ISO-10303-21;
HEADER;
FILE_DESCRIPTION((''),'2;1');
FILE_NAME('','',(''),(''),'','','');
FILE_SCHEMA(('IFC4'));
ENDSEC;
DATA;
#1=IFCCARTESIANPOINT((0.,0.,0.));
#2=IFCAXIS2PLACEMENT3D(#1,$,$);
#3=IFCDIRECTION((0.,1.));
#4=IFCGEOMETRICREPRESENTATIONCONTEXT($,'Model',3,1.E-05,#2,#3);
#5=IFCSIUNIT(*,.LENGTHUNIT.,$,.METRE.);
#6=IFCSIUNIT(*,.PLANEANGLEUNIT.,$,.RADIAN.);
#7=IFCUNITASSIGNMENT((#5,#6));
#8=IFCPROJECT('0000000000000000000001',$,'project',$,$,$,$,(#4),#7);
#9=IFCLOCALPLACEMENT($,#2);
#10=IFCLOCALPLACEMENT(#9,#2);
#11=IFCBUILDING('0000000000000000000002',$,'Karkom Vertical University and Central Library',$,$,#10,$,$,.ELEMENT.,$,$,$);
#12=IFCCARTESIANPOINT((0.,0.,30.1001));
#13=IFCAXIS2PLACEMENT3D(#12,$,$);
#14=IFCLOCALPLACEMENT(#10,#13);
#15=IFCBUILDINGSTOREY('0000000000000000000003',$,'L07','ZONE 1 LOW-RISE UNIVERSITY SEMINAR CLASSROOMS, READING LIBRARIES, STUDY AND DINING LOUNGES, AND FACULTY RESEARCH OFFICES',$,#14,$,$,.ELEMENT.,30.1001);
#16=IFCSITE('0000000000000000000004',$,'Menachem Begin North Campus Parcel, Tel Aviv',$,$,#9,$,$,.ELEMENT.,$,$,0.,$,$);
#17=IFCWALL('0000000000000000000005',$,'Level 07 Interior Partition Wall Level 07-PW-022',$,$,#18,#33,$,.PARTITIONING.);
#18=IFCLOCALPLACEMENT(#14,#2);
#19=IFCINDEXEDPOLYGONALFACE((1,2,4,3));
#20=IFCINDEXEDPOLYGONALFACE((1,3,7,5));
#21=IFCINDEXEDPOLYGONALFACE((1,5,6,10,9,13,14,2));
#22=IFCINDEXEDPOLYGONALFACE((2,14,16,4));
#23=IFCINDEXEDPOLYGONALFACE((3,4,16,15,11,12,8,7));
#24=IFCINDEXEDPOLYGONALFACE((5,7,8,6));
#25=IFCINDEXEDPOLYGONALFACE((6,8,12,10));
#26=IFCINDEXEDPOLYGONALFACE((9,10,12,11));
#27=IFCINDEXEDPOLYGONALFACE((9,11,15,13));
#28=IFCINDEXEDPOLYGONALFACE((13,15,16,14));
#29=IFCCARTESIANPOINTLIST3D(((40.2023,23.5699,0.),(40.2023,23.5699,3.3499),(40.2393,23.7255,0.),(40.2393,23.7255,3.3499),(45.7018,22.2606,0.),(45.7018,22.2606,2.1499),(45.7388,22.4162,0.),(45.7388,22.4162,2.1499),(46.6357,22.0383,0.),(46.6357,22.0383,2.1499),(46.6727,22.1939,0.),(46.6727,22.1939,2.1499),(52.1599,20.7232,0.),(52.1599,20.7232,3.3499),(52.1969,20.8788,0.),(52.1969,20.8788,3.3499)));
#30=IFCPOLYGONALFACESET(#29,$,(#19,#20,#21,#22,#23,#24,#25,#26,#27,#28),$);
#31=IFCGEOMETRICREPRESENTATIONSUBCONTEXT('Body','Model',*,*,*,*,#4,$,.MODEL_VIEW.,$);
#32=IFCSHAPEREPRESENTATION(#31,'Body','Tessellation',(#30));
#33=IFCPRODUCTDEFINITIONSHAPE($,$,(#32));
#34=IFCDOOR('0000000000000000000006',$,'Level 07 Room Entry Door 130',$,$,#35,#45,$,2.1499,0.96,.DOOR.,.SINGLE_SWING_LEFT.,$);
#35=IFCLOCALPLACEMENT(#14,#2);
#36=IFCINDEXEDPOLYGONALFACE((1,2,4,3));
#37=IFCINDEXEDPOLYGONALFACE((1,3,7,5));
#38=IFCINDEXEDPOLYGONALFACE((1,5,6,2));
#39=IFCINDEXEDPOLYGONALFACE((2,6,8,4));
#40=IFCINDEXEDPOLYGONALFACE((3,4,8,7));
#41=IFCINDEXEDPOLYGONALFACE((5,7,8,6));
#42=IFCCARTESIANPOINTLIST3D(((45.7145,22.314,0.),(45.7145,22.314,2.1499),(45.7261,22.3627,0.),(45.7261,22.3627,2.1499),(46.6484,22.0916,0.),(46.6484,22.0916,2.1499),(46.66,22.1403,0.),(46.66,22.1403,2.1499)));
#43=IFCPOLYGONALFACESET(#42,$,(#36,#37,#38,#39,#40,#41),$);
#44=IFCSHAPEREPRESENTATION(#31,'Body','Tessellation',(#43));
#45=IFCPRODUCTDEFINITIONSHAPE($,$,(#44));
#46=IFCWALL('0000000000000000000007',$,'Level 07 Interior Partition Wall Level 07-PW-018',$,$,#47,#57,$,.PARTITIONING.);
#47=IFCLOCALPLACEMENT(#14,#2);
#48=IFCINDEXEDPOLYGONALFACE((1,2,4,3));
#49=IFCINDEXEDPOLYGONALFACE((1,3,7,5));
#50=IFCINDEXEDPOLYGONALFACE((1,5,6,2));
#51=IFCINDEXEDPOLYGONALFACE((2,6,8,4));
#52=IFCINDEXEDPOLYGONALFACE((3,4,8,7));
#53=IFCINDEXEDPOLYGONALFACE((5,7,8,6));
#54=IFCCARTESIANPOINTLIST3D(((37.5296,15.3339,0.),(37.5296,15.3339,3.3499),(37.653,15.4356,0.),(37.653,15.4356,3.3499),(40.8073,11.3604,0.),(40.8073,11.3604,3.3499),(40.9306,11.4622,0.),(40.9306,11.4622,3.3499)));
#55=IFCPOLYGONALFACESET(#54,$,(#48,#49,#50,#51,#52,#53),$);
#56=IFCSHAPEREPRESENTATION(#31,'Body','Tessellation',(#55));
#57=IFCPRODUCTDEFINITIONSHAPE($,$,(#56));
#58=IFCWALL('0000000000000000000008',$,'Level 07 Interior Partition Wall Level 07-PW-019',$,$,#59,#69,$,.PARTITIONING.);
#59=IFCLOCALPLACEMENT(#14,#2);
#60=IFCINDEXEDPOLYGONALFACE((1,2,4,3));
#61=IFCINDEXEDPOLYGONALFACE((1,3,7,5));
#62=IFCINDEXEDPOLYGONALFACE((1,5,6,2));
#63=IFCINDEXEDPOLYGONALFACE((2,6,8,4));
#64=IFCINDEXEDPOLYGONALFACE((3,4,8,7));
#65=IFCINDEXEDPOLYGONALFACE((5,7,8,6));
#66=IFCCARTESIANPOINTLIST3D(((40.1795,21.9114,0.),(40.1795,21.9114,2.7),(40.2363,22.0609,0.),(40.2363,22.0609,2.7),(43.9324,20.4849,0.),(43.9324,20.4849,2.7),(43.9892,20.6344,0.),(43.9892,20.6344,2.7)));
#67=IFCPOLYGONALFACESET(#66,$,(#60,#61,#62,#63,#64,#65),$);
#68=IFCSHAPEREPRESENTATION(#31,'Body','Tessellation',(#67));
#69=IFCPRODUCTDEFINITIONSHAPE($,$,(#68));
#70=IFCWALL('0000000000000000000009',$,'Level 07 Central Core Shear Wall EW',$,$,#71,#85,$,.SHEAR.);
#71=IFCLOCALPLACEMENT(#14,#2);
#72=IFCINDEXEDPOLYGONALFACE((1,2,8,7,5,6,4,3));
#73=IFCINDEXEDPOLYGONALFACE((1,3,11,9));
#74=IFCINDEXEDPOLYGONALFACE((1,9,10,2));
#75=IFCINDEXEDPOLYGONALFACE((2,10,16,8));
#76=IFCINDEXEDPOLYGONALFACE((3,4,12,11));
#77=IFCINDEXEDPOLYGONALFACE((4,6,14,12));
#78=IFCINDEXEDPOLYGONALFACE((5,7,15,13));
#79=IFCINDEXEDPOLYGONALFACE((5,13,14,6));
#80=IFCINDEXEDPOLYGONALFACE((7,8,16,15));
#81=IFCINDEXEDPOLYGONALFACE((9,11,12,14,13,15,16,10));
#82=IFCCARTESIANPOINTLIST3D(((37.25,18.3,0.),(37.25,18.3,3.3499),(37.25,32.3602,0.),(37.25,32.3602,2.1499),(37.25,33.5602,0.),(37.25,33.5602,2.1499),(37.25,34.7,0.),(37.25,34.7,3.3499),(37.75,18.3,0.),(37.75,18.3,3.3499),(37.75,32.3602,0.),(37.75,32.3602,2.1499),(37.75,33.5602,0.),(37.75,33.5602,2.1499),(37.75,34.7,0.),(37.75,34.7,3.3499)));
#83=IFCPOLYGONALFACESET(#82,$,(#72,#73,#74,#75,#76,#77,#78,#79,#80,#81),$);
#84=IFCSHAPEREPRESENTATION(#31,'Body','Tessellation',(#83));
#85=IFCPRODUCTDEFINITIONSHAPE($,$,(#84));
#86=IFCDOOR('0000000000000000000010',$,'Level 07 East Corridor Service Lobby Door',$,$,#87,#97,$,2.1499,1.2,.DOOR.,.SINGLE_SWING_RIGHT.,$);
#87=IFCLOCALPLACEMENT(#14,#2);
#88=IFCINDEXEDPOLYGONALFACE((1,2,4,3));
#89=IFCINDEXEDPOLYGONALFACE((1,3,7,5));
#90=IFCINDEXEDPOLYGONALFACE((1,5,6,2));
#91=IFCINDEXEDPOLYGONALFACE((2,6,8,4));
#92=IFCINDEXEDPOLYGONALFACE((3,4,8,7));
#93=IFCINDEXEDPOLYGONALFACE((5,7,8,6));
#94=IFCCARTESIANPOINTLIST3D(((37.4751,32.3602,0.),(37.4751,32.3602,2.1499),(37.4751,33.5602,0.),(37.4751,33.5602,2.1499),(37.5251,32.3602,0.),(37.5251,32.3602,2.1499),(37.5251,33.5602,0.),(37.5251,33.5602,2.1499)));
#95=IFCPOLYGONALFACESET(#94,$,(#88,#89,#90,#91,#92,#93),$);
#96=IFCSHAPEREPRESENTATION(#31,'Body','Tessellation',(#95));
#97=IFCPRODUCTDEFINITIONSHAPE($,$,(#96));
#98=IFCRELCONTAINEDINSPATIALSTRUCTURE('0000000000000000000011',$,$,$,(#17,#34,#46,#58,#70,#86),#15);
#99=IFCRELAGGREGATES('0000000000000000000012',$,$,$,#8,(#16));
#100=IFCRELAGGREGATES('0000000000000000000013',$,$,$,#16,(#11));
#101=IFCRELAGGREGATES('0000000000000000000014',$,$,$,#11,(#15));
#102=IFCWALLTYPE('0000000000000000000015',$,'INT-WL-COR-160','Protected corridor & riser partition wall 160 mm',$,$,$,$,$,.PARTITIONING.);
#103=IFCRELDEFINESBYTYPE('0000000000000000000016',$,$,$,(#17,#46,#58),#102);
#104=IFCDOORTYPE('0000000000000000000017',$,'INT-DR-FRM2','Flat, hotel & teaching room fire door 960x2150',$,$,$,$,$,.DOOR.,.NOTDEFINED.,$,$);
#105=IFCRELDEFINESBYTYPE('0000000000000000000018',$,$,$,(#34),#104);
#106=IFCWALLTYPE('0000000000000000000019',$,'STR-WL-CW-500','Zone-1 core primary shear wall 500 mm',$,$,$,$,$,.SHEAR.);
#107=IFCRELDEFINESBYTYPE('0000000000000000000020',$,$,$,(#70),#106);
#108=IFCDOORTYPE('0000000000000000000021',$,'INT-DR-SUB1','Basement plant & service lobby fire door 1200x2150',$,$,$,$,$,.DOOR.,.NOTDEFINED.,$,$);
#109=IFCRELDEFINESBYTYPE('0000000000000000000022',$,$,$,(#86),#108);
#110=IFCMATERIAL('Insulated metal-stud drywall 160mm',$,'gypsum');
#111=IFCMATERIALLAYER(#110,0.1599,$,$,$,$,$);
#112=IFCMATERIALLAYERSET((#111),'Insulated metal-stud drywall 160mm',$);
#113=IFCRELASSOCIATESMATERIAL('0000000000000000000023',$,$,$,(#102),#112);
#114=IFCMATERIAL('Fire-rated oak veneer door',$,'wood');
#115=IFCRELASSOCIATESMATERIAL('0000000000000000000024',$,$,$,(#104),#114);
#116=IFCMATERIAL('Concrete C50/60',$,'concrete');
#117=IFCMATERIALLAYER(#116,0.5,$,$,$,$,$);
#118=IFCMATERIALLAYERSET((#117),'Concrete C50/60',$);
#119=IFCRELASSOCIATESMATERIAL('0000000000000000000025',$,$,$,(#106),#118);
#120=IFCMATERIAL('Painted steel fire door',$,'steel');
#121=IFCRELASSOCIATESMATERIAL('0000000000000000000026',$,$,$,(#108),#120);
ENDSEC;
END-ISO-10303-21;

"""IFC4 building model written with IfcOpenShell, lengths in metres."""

from ifc_helpers import new_model, si_unit, direction, frame, frame_2d, origin, origin_with_axes, place, context, subcontext, project, spatial, rectangle, extrude, source, transform, mapped, material, layer, layer_set, type_object, element, fill, save


model = new_model("IFC4")

# Units and contexts
model_context = context("Model", 3, precision=1e-05, world=origin(), true_north=direction((0.0, 1.0)))
body_context = subcontext(model_context, "Body", "Model", "MODEL_VIEW")
ifc_project = project(units=[si_unit("LENGTHUNIT", "METRE"), si_unit("PLANEANGLEUNIT", "RADIAN")], contexts=[model_context])

# Site, building, storey
site_placement = place(None, origin())
site = spatial("IfcSite", under=ifc_project, at=site_placement, Name="Menachem Begin North Campus Parcel, Tel Aviv", CompositionType="ELEMENT", RefElevation=0.0)
building_placement = place(site_placement, origin())
building = spatial("IfcBuilding", under=site, at=building_placement, Name="Karkom Vertical University and Central Library", CompositionType="ELEMENT")
storey_placement = place(building_placement, frame((0.0, 0.0, 30.1001)))
storey = spatial("IfcBuildingStorey", under=building, at=storey_placement, Name="L07", Description="ZONE 1 LOW-RISE UNIVERSITY SEMINAR CLASSROOMS, READING LIBRARIES, STUDY AND DINING LOUNGES, AND FACULTY RESEARCH OFFICES", CompositionType="ELEMENT", Elevation=30.1001)

# Shared definitions
ifc_material_1 = material(Name="Concrete C50/60", Category="concrete")

# Shared definitions
ifc_material_2 = material(Name="Insulated metal-stud drywall 160mm", Category="gypsum")
ifc_layer_1 = layer(ifc_material_2, 0.1599)
ifc_layer_set_1 = layer_set([ifc_layer_1], Name="Insulated metal-stud drywall 160mm")
wall_type_1 = type_object("IfcWallType", Name="INT-WL-COR-160", Description="Protected corridor & riser partition wall 160 mm", PredefinedType="PARTITIONING", material=ifc_layer_set_1)
ifc_material_3 = material(Name="Fire-rated oak veneer door", Category="wood")
door_type_1 = type_object("IfcDoorType", Name="INT-DR-FRM2", Description="Flat, hotel & teaching room fire door 960x2150", OperationType="NOTDEFINED", PredefinedType="DOOR", material=ifc_material_3)
shared_shape_1 = source(origin_with_axes(), body_context, "Body", "SweptSolid", [
    extrude(rectangle(XDim=0.96, YDim=2.1499, at=frame_2d((0.48, 1.075))), frame((0.0, 0.0249, 0.0), z_axis=(0.0, -1.0, 0.0), x_axis=(1.0, 0.0, 0.0)), (0.0, 0.0, 1.0), 0.05),
])

# Wall, opening, door
wall_1_placement = place(storey_placement, frame((40.2207, 23.6477, 0.0), z_axis=(0.0, 0.0, 1.0), x_axis=(0.972813, -0.231594, 0.0)))
wall_1 = element("IfcWall", 1, at=wall_1_placement, inside=storey, type_object=wall_type_1, Name="Level 07 Interior Partition Wall Level 07-PW-022", PredefinedType="PARTITIONING", context=body_context, shape_type="SweptSolid", body=[
    extrude(rectangle(XDim=12.2917, YDim=0.1599, at=frame_2d((6.146, 0.0))), origin(), (0.0, 0.0, 1.0), 3.3499),
])
opening_1_placement = place(wall_1_placement, frame((5.6533, 0.0, 0.0)))
opening_1 = element("IfcOpeningElement", 2, at=opening_1_placement, cuts=wall_1, PredefinedType="OPENING", context=body_context, shape_type="SweptSolid", body=[
    extrude(rectangle(XDim=0.96, YDim=2.1499, at=frame_2d((0.48, 1.075))), frame((0.0, 0.0898, 0.0), z_axis=(0.0, -1.0, 0.0), x_axis=(1.0, 0.0, 0.0)), (0.0, 0.0, 1.0), 0.1799),
])
door_1_placement = place(opening_1_placement, origin())
door_1 = element("IfcDoor", 3, at=door_1_placement, inside=storey, type_object=door_type_1, Name="Level 07 Room Entry Door 130", OperationType="SINGLE_SWING_LEFT", OverallHeight=2.1499, OverallWidth=0.96, PredefinedType="DOOR", context=body_context, shape_type="MappedRepresentation", body=[
    mapped(shared_shape_1, transform((0.0, 0.0, 0.0), scale=1.0)),
])
fill(opening_1, door_1)

# Walls
wall_2_placement = place(storey_placement, frame((37.5913, 15.3848, 0.0), z_axis=(0.0, 0.0, 1.0), x_axis=(0.63633, -0.771417, 0.0)))
element("IfcWall", 4, at=wall_2_placement, inside=storey, type_object=wall_type_1, Name="Level 07 Interior Partition Wall Level 07-PW-018", PredefinedType="PARTITIONING", context=body_context, shape_type="SweptSolid", body=[
    extrude(rectangle(XDim=5.1509, YDim=0.1599, at=frame_2d((2.5754, 0.0))), origin(), (0.0, 0.0, 1.0), 3.3499),
])
wall_3_placement = place(storey_placement, frame((40.208, 21.9861, 0.0), z_axis=(0.0, 0.0, 1.0), x_axis=(0.93475, -0.355305, 0.0)))
element("IfcWall", 5, at=wall_3_placement, inside=storey, type_object=wall_type_1, Name="Level 07 Interior Partition Wall Level 07-PW-019", PredefinedType="PARTITIONING", context=body_context, shape_type="SweptSolid", body=[
    extrude(rectangle(XDim=4.0149, YDim=0.1599, at=frame_2d((2.0073, 0.0))), origin(), (0.0, 0.0, 1.0), 2.7),
])

# Wall, opening, door
ifc_layer_2 = layer(ifc_material_1, 0.5)
ifc_layer_set_2 = layer_set([ifc_layer_2], Name="Concrete C50/60")
wall_type_2 = type_object("IfcWallType", Name="STR-WL-CW-500", Description="Zone-1 core primary shear wall 500 mm", PredefinedType="SHEAR", material=ifc_layer_set_2)
wall_4_placement = place(storey_placement, frame((37.5, 18.3, 0.0), z_axis=(0.0, 0.0, 1.0), x_axis=(0.0, 1.0, 0.0)))
wall_4 = element("IfcWall", 6, at=wall_4_placement, inside=storey, type_object=wall_type_2, Name="Level 07 Central Core Shear Wall EW", PredefinedType="SHEAR", context=body_context, shape_type="SweptSolid", body=[
    extrude(rectangle(XDim=16.3999, YDim=0.5, at=frame_2d((8.2, 0.0))), origin(), (0.0, 0.0, 1.0), 3.3499),
])
opening_2_placement = place(wall_4_placement, frame((14.0601, 0.0, 0.0)))
opening_2 = element("IfcOpeningElement", 7, at=opening_2_placement, cuts=wall_4, PredefinedType="OPENING", context=body_context, shape_type="SweptSolid", body=[
    extrude(rectangle(XDim=1.2, YDim=2.1499, at=frame_2d((0.6001, 1.075))), frame((0.0, 0.26, 0.0), z_axis=(0.0, -1.0, 0.0), x_axis=(1.0, 0.0, 0.0)), (0.0, 0.0, 1.0), 0.52),
])
ifc_material_4 = material(Name="Painted steel fire door", Category="steel")
door_type_2 = type_object("IfcDoorType", Name="INT-DR-SUB1", Description="Basement plant & service lobby fire door 1200x2150", OperationType="NOTDEFINED", PredefinedType="DOOR", material=ifc_material_4)
shared_shape_2 = source(origin_with_axes(), body_context, "Body", "SweptSolid", [
    extrude(rectangle(XDim=1.2, YDim=2.1499, at=frame_2d((0.6001, 1.075))), frame((0.0, 0.0249, 0.0), z_axis=(0.0, -1.0, 0.0), x_axis=(1.0, 0.0, 0.0)), (0.0, 0.0, 1.0), 0.05),
])
door_2_placement = place(opening_2_placement, origin())
door_2 = element("IfcDoor", 8, at=door_2_placement, inside=storey, type_object=door_type_2, Name="Level 07 East Corridor Service Lobby Door", OperationType="SINGLE_SWING_RIGHT", OverallHeight=2.1499, OverallWidth=1.2, PredefinedType="DOOR", context=body_context, shape_type="MappedRepresentation", body=[
    mapped(shared_shape_2, transform((0.0, 0.0, 0.0), scale=1.0)),
])
fill(opening_2, door_2)

save(model, "model.ifc")
